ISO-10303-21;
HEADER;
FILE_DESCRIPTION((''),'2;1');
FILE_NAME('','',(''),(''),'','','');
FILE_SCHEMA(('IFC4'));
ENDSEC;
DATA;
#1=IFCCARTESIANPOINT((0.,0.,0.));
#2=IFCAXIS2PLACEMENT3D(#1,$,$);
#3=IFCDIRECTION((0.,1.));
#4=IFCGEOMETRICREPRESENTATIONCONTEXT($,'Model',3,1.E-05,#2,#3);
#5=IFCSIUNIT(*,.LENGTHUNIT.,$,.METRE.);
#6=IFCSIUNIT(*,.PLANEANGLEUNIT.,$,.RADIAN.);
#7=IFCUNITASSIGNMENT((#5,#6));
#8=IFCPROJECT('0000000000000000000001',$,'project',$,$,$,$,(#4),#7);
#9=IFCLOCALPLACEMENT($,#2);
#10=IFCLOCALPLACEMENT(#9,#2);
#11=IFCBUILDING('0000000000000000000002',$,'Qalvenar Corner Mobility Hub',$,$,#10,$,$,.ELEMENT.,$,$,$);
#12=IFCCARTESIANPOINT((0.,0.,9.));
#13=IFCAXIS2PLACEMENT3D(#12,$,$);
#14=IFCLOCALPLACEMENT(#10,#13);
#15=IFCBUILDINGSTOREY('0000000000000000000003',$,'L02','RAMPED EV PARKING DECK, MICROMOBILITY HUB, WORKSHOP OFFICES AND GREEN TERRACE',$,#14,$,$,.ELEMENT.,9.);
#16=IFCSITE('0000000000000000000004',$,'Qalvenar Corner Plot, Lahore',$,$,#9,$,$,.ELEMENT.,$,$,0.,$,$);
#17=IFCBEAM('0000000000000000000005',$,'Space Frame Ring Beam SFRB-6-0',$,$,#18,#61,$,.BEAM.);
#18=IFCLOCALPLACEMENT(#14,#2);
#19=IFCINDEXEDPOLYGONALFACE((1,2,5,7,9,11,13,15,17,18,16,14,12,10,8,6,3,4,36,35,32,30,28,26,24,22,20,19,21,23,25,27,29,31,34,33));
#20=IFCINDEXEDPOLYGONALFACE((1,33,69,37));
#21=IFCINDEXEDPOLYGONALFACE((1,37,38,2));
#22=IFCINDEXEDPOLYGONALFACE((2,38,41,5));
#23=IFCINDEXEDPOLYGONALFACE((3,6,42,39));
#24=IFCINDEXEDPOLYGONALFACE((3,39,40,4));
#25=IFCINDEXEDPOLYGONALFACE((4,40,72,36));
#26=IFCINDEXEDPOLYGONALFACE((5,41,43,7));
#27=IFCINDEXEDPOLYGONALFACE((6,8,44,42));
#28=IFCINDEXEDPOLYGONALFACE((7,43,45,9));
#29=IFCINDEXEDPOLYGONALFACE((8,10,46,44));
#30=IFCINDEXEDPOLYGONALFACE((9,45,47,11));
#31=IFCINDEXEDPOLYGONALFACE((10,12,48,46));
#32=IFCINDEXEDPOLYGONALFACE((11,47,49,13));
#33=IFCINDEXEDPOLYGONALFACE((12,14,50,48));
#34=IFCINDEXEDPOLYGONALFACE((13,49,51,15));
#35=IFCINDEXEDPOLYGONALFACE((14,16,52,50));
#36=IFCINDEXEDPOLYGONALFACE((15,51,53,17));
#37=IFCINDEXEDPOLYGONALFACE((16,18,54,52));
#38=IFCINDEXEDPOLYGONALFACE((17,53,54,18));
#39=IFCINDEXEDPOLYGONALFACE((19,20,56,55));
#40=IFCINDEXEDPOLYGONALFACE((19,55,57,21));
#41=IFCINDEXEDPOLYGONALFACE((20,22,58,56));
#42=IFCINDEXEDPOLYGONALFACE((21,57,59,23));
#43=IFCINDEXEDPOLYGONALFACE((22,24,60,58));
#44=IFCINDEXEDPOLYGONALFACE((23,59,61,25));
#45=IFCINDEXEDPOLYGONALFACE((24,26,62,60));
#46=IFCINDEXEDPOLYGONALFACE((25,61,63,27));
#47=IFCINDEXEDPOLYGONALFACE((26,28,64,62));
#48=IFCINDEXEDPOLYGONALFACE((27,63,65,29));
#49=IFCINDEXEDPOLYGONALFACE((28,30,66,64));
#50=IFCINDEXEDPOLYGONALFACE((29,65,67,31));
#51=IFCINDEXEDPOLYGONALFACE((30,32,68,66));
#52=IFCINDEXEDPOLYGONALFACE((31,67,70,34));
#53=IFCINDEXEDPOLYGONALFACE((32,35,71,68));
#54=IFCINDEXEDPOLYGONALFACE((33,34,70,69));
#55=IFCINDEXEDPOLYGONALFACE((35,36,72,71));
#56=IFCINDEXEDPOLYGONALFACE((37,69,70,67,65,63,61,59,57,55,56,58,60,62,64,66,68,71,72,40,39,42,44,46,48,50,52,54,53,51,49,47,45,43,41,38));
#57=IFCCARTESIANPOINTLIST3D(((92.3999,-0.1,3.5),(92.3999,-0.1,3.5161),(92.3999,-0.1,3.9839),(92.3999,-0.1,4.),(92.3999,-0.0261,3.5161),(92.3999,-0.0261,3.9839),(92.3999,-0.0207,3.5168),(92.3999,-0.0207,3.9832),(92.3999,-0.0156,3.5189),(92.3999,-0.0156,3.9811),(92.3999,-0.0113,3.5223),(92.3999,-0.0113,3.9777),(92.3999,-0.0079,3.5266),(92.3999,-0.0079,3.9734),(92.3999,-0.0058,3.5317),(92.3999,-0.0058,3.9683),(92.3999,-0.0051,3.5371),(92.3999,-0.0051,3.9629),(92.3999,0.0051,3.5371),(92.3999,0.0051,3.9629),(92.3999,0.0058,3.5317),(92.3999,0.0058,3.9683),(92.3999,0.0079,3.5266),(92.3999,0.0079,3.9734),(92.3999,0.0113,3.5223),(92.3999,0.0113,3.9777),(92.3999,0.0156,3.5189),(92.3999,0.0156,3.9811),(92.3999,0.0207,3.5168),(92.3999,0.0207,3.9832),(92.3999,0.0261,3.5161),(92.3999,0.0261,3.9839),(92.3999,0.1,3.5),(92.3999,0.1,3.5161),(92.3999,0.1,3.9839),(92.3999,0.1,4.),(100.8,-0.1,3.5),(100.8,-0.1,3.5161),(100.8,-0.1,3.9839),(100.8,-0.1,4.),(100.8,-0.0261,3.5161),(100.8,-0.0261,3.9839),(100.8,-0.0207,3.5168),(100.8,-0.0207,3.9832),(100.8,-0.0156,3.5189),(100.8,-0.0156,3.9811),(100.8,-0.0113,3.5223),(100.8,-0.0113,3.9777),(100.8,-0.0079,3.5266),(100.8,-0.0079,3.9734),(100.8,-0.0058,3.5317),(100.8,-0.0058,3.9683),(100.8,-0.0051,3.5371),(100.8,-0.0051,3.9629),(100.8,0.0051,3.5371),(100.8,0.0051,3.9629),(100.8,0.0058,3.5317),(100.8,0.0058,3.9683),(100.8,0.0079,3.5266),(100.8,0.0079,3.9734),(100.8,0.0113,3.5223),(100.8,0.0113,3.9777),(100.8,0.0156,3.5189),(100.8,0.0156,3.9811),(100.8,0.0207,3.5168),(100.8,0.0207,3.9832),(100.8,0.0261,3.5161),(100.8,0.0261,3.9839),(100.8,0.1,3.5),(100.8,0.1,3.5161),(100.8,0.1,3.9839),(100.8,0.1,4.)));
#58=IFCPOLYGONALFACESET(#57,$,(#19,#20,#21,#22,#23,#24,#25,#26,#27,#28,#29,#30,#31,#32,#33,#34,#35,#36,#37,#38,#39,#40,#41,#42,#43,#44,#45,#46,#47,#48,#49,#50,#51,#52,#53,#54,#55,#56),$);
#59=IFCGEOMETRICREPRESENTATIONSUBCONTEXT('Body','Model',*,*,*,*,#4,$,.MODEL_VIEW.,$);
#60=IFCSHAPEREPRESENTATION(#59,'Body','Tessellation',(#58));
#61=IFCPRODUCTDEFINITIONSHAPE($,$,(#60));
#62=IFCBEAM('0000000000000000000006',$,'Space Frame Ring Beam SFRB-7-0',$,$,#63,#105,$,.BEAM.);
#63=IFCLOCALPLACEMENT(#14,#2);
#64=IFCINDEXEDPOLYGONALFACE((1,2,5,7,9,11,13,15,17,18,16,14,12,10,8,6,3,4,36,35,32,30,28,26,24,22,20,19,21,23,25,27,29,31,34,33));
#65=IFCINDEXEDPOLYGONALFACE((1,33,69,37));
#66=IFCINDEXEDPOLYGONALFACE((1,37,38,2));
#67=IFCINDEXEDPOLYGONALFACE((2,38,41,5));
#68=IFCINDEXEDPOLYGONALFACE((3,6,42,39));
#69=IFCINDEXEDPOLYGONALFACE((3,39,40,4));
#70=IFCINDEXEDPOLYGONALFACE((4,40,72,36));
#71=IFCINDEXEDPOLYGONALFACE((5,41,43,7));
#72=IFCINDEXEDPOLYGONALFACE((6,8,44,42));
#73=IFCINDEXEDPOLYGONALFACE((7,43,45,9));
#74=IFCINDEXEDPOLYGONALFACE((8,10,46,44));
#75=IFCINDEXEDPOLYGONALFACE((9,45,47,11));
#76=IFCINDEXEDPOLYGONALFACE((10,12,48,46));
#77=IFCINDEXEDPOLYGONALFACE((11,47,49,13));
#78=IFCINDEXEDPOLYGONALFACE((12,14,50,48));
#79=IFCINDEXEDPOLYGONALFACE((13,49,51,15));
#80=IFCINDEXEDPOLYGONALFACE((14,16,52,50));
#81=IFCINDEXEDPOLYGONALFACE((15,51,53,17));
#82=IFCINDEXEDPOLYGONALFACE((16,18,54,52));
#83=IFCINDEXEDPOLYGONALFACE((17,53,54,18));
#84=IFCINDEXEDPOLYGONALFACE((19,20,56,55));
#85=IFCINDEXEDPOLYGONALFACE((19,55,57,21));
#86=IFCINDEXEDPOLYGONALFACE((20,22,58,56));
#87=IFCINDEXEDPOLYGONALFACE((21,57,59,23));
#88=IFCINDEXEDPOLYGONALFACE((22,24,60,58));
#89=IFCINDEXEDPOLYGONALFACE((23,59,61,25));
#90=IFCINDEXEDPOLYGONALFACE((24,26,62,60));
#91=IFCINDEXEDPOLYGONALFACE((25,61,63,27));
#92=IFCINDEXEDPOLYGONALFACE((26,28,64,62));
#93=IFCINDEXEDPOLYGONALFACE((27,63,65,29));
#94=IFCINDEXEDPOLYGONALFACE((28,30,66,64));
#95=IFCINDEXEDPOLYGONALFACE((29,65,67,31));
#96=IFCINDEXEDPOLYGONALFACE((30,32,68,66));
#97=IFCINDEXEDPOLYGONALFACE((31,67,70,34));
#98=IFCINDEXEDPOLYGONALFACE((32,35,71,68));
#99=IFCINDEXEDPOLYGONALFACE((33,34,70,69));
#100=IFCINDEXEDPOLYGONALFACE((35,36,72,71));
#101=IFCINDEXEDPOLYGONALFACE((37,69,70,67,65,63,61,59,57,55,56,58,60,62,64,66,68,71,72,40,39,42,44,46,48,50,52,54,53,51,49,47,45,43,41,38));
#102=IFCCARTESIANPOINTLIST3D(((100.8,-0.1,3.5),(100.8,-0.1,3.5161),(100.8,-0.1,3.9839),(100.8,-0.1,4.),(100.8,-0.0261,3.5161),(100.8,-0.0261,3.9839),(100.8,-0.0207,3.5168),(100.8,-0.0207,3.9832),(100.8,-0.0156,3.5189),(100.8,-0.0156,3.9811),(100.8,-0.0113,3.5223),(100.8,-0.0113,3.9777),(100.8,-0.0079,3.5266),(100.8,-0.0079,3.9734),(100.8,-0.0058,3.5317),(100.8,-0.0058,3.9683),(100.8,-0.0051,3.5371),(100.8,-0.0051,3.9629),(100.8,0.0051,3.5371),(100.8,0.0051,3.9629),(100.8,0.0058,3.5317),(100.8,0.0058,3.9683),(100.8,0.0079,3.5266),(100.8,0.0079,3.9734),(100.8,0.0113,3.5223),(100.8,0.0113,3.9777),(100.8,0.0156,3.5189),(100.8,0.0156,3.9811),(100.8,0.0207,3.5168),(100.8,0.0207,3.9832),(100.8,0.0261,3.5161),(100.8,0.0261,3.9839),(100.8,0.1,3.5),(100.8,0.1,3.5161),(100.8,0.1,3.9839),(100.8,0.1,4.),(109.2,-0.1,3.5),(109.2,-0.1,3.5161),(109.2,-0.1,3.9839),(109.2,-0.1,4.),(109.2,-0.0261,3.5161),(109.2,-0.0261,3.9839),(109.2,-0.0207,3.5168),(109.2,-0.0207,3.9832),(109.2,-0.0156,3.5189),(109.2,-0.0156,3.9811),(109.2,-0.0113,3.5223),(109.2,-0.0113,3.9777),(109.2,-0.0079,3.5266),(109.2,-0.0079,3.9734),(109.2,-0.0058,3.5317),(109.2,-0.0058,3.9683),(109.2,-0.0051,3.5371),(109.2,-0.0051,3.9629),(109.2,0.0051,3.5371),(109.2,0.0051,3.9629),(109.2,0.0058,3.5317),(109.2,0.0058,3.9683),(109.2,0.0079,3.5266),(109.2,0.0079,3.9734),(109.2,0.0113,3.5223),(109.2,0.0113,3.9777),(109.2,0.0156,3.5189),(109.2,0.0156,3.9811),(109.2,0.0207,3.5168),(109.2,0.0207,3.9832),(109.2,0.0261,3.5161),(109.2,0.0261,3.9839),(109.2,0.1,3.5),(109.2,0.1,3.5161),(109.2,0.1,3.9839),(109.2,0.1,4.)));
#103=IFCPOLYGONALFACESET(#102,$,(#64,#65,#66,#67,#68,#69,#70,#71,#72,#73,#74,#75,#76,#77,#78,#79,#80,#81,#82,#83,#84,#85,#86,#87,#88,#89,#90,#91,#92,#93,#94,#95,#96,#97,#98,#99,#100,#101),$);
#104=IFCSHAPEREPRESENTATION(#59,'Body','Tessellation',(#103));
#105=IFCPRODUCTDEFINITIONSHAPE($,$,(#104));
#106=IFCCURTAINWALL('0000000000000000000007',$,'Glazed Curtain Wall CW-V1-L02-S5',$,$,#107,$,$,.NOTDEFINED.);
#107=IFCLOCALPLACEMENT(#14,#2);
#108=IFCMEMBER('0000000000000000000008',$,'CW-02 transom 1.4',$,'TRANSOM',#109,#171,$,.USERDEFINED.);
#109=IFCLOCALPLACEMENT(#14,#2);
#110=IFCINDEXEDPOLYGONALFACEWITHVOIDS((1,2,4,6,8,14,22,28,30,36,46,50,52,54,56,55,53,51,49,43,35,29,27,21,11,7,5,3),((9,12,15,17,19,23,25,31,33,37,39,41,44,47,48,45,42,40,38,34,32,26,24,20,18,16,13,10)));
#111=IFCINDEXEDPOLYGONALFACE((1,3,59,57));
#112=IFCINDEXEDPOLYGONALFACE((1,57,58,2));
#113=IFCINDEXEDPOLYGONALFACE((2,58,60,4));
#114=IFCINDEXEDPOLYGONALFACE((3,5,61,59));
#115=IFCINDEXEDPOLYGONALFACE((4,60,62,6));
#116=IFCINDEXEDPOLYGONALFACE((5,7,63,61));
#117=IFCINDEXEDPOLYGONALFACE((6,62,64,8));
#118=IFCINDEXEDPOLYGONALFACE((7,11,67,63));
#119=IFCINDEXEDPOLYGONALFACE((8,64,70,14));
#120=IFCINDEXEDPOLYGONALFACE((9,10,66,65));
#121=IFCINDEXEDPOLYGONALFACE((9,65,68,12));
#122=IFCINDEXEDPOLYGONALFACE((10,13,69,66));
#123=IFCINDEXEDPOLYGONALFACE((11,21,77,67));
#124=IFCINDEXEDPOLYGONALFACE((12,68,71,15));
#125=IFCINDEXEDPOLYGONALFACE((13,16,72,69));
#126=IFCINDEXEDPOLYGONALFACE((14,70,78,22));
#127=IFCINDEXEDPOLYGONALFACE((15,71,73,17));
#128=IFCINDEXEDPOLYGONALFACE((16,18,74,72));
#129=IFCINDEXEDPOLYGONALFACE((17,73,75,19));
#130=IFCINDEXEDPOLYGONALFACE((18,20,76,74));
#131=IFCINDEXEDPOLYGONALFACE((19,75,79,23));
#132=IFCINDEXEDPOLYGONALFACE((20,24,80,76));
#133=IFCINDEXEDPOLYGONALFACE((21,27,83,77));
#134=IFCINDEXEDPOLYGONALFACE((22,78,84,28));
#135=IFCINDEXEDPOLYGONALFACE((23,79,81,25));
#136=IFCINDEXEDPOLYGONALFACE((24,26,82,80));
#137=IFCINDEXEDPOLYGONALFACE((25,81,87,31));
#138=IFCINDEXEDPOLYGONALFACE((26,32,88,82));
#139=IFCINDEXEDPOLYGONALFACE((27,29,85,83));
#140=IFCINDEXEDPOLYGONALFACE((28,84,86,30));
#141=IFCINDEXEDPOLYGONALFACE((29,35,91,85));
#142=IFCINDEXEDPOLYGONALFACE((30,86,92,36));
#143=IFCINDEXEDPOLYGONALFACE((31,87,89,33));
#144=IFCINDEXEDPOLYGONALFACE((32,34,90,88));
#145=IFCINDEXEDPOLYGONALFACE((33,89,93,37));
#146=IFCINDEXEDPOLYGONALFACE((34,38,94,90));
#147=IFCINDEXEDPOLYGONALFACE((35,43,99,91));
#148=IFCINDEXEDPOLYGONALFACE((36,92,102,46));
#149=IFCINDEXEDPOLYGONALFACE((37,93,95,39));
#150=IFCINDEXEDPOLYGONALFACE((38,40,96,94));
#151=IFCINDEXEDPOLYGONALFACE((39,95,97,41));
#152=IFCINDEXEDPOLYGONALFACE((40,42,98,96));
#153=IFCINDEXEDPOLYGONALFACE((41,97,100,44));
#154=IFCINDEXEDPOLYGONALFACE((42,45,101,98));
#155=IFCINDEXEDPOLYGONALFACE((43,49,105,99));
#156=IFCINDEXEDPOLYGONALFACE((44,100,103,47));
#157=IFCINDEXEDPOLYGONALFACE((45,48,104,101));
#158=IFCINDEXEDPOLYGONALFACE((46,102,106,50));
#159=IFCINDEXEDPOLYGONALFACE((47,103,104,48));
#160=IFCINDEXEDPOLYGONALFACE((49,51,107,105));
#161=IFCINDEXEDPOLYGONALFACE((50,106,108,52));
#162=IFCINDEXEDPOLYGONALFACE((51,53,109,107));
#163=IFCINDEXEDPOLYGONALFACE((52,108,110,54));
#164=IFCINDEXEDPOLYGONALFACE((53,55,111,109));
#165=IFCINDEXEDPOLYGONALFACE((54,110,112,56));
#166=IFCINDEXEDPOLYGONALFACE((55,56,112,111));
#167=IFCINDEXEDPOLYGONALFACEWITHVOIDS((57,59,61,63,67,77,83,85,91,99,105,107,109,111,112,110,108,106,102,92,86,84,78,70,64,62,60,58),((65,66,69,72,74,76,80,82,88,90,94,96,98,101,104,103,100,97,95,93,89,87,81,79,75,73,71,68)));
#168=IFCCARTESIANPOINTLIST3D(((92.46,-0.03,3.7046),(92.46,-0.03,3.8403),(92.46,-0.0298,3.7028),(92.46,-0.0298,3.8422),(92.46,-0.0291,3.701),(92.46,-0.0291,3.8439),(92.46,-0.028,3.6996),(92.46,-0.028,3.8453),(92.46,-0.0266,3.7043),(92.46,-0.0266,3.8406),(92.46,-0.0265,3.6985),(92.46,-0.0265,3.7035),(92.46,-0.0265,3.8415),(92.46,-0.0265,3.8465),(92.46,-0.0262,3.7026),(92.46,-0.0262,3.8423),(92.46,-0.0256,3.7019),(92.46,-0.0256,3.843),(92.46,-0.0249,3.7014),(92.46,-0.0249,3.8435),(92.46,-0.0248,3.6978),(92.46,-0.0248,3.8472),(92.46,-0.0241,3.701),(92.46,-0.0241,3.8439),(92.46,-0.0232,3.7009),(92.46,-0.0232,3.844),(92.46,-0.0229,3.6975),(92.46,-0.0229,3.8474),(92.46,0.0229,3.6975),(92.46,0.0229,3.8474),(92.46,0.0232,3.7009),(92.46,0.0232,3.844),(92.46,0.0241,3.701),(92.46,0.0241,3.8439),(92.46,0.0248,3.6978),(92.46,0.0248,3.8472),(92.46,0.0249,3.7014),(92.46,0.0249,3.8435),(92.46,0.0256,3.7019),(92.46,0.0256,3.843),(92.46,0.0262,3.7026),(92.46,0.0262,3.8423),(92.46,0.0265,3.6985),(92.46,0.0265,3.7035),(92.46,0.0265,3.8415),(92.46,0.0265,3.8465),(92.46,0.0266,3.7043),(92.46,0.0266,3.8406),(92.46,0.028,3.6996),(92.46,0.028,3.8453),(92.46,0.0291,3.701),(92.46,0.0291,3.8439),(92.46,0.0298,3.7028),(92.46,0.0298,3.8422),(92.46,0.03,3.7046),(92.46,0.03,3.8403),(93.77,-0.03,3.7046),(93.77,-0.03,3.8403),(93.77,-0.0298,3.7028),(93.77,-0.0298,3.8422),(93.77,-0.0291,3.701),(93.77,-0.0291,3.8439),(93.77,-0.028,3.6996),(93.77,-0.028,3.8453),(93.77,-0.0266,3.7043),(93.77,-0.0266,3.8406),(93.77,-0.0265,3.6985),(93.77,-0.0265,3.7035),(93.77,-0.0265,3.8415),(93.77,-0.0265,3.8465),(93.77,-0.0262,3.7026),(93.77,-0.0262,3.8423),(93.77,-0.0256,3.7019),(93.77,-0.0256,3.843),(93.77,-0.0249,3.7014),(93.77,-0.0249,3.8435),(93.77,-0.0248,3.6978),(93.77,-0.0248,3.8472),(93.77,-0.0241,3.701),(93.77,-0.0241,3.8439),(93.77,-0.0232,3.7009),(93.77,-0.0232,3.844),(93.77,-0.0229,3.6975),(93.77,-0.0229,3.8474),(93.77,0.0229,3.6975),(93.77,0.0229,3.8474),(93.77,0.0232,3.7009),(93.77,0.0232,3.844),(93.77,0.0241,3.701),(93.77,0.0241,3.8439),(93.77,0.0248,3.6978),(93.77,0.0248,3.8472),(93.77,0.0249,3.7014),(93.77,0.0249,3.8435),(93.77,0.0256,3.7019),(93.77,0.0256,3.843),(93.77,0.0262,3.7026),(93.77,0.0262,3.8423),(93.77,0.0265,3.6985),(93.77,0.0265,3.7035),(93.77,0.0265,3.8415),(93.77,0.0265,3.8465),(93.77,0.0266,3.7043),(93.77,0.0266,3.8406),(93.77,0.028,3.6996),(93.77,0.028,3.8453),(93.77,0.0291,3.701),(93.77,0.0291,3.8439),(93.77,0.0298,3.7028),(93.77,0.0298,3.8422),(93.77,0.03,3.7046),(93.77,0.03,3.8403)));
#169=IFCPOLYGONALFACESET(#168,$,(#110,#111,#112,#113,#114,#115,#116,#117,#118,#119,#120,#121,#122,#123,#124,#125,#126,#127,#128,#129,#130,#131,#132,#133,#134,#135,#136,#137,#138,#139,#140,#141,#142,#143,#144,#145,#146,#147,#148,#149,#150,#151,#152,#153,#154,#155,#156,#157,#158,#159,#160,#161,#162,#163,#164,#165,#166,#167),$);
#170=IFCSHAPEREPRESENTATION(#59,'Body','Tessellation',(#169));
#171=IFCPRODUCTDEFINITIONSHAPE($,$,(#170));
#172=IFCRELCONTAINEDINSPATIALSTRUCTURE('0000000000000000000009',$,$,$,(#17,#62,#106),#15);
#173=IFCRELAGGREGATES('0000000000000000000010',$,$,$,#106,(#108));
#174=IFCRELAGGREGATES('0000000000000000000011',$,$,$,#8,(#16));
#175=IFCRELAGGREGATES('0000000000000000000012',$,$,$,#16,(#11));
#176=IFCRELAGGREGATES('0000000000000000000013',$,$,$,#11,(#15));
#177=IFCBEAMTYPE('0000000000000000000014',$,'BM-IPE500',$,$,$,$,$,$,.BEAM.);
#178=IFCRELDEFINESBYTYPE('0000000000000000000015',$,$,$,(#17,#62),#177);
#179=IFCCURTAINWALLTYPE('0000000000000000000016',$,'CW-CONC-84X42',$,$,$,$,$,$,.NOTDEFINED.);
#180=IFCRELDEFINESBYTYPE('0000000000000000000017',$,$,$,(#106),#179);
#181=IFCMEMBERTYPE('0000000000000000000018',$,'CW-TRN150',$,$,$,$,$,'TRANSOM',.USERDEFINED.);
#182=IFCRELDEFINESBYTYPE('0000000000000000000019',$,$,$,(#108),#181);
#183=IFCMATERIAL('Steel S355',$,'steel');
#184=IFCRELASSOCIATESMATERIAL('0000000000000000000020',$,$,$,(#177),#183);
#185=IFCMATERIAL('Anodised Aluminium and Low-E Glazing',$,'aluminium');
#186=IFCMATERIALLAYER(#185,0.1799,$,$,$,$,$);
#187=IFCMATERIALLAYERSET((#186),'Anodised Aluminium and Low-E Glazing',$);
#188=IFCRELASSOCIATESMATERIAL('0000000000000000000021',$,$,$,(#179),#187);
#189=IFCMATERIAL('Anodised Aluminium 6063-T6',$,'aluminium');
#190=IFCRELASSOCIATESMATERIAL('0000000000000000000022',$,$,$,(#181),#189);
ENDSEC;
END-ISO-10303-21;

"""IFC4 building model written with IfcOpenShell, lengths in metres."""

from ifc_helpers import new_model, si_unit, direction, frame, origin, origin_2d, place, context, subcontext, project, spatial, hollow_rectangle, i_section, extrude, material, layer, layer_set, material_profile, profile_set, type_object, element, aggregate, save


model = new_model("IFC4")

# Units and contexts
model_context = context("Model", 3, precision=1e-05, world=origin(), true_north=direction((0.0, 1.0)))
body_context = subcontext(model_context, "Body", "Model", "MODEL_VIEW")
ifc_project = project(units=[si_unit("LENGTHUNIT", "METRE"), si_unit("PLANEANGLEUNIT", "RADIAN")], contexts=[model_context])

# Site, building, storey
site_placement = place(None, origin())
site = spatial("IfcSite", under=ifc_project, at=site_placement, Name="Qalvenar Corner Plot, Lahore", CompositionType="ELEMENT", RefElevation=0.0)
building_placement = place(site_placement, origin())
building = spatial("IfcBuilding", under=site, at=building_placement, Name="Qalvenar Corner Mobility Hub", CompositionType="ELEMENT")
storey_placement = place(building_placement, frame((0.0, 0.0, 9.0)))
storey = spatial("IfcBuildingStorey", under=building, at=storey_placement, Name="L02", Description="RAMPED EV PARKING DECK, MICROMOBILITY HUB, WORKSHOP OFFICES AND GREEN TERRACE", CompositionType="ELEMENT", Elevation=9.0)

# Beams
ifc_material_1 = material(Name="Steel S355", Category="steel")
ifc_material_profile_1 = material_profile(ifc_material_1, i_section(OverallWidth=0.2, OverallDepth=0.5, WebThickness=0.0103, FlangeThickness=0.0161, FilletRadius=0.021, at=origin_2d()), Name="IPE500")
ifc_profile_set_1 = profile_set([ifc_material_profile_1], Name="Steel S355")
beam_type = type_object("IfcBeamType", Name="BM-IPE500", PredefinedType="BEAM", material=ifc_profile_set_1)
beam_1_placement = place(storey_placement, frame((92.3999, 0.0, 3.75), z_axis=(1.0, 0.0, 0.0), x_axis=(0.0, 1.0, 0.0)))
element("IfcBeam", 1, at=beam_1_placement, inside=storey, type_object=beam_type, Name="Space Frame Ring Beam SFRB-6-0", PredefinedType="BEAM", context=body_context, shape_type="SweptSolid", body=[
    extrude(i_section(OverallWidth=0.2, OverallDepth=0.5, WebThickness=0.0103, FlangeThickness=0.0161, FilletRadius=0.021, at=origin_2d()), origin(), (0.0, 0.0, 1.0), 8.4001),
])
beam_2_placement = place(storey_placement, frame((100.8, 0.0, 3.75), z_axis=(1.0, 0.0, 0.0), x_axis=(0.0, 1.0, 0.0)))
element("IfcBeam", 2, at=beam_2_placement, inside=storey, type_object=beam_type, Name="Space Frame Ring Beam SFRB-7-0", PredefinedType="BEAM", context=body_context, shape_type="SweptSolid", body=[
    extrude(i_section(OverallWidth=0.2, OverallDepth=0.5, WebThickness=0.0103, FlangeThickness=0.0161, FilletRadius=0.021, at=origin_2d()), origin(), (0.0, 0.0, 1.0), 8.3999),
])

# Curtain wall, member
ifc_material_2 = material(Name="Anodised Aluminium and Low-E Glazing", Category="aluminium")
ifc_layer_1 = layer(ifc_material_2, 0.1799)
ifc_layer_set_1 = layer_set([ifc_layer_1], Name="Anodised Aluminium and Low-E Glazing")
curtain_wall_type = type_object("IfcCurtainWallType", Name="CW-CONC-84X42", PredefinedType="NOTDEFINED", material=ifc_layer_set_1)
curtain_wall_1_placement = place(storey_placement, origin())
curtain_wall_1 = element("IfcCurtainWall", 3, at=curtain_wall_1_placement, inside=storey, type_object=curtain_wall_type, Name="Glazed Curtain Wall CW-V1-L02-S5", PredefinedType="NOTDEFINED")
ifc_material_3 = material(Name="Anodised Aluminium 6063-T6", Category="aluminium")
ifc_material_profile_2 = material_profile(ifc_material_3, hollow_rectangle(XDim=0.0601, YDim=0.1499, WallThickness=0.0034, InnerFilletRadius=0.0034, OuterFilletRadius=0.0071, at=origin_2d()), Name="RHS150x60x3.5")
ifc_profile_set_2 = profile_set([ifc_material_profile_2], Name="Anodised Aluminium 6063-T6")
member_type_1 = type_object("IfcMemberType", Name="CW-TRN150", ElementType="TRANSOM", PredefinedType="USERDEFINED", material=ifc_profile_set_2)
member_1_placement = place(storey_placement, frame((92.46, 0.0, 3.7725), z_axis=(1.0, 0.0, 0.0), x_axis=(0.0, 1.0, 0.0)))
member_1 = element("IfcMember", 4, at=member_1_placement, type_object=member_type_1, Name="CW-02 transom 1.4", ObjectType="TRANSOM", PredefinedType="USERDEFINED", context=body_context, shape_type="SweptSolid", body=[
    extrude(hollow_rectangle(XDim=0.0601, YDim=0.1499, WallThickness=0.0034, InnerFilletRadius=0.0034, OuterFilletRadius=0.0071, at=origin_2d()), origin(), (0.0, 0.0, 1.0), 1.3101),
])
aggregate(curtain_wall_1, [member_1])

save(model, "model.ifc")
